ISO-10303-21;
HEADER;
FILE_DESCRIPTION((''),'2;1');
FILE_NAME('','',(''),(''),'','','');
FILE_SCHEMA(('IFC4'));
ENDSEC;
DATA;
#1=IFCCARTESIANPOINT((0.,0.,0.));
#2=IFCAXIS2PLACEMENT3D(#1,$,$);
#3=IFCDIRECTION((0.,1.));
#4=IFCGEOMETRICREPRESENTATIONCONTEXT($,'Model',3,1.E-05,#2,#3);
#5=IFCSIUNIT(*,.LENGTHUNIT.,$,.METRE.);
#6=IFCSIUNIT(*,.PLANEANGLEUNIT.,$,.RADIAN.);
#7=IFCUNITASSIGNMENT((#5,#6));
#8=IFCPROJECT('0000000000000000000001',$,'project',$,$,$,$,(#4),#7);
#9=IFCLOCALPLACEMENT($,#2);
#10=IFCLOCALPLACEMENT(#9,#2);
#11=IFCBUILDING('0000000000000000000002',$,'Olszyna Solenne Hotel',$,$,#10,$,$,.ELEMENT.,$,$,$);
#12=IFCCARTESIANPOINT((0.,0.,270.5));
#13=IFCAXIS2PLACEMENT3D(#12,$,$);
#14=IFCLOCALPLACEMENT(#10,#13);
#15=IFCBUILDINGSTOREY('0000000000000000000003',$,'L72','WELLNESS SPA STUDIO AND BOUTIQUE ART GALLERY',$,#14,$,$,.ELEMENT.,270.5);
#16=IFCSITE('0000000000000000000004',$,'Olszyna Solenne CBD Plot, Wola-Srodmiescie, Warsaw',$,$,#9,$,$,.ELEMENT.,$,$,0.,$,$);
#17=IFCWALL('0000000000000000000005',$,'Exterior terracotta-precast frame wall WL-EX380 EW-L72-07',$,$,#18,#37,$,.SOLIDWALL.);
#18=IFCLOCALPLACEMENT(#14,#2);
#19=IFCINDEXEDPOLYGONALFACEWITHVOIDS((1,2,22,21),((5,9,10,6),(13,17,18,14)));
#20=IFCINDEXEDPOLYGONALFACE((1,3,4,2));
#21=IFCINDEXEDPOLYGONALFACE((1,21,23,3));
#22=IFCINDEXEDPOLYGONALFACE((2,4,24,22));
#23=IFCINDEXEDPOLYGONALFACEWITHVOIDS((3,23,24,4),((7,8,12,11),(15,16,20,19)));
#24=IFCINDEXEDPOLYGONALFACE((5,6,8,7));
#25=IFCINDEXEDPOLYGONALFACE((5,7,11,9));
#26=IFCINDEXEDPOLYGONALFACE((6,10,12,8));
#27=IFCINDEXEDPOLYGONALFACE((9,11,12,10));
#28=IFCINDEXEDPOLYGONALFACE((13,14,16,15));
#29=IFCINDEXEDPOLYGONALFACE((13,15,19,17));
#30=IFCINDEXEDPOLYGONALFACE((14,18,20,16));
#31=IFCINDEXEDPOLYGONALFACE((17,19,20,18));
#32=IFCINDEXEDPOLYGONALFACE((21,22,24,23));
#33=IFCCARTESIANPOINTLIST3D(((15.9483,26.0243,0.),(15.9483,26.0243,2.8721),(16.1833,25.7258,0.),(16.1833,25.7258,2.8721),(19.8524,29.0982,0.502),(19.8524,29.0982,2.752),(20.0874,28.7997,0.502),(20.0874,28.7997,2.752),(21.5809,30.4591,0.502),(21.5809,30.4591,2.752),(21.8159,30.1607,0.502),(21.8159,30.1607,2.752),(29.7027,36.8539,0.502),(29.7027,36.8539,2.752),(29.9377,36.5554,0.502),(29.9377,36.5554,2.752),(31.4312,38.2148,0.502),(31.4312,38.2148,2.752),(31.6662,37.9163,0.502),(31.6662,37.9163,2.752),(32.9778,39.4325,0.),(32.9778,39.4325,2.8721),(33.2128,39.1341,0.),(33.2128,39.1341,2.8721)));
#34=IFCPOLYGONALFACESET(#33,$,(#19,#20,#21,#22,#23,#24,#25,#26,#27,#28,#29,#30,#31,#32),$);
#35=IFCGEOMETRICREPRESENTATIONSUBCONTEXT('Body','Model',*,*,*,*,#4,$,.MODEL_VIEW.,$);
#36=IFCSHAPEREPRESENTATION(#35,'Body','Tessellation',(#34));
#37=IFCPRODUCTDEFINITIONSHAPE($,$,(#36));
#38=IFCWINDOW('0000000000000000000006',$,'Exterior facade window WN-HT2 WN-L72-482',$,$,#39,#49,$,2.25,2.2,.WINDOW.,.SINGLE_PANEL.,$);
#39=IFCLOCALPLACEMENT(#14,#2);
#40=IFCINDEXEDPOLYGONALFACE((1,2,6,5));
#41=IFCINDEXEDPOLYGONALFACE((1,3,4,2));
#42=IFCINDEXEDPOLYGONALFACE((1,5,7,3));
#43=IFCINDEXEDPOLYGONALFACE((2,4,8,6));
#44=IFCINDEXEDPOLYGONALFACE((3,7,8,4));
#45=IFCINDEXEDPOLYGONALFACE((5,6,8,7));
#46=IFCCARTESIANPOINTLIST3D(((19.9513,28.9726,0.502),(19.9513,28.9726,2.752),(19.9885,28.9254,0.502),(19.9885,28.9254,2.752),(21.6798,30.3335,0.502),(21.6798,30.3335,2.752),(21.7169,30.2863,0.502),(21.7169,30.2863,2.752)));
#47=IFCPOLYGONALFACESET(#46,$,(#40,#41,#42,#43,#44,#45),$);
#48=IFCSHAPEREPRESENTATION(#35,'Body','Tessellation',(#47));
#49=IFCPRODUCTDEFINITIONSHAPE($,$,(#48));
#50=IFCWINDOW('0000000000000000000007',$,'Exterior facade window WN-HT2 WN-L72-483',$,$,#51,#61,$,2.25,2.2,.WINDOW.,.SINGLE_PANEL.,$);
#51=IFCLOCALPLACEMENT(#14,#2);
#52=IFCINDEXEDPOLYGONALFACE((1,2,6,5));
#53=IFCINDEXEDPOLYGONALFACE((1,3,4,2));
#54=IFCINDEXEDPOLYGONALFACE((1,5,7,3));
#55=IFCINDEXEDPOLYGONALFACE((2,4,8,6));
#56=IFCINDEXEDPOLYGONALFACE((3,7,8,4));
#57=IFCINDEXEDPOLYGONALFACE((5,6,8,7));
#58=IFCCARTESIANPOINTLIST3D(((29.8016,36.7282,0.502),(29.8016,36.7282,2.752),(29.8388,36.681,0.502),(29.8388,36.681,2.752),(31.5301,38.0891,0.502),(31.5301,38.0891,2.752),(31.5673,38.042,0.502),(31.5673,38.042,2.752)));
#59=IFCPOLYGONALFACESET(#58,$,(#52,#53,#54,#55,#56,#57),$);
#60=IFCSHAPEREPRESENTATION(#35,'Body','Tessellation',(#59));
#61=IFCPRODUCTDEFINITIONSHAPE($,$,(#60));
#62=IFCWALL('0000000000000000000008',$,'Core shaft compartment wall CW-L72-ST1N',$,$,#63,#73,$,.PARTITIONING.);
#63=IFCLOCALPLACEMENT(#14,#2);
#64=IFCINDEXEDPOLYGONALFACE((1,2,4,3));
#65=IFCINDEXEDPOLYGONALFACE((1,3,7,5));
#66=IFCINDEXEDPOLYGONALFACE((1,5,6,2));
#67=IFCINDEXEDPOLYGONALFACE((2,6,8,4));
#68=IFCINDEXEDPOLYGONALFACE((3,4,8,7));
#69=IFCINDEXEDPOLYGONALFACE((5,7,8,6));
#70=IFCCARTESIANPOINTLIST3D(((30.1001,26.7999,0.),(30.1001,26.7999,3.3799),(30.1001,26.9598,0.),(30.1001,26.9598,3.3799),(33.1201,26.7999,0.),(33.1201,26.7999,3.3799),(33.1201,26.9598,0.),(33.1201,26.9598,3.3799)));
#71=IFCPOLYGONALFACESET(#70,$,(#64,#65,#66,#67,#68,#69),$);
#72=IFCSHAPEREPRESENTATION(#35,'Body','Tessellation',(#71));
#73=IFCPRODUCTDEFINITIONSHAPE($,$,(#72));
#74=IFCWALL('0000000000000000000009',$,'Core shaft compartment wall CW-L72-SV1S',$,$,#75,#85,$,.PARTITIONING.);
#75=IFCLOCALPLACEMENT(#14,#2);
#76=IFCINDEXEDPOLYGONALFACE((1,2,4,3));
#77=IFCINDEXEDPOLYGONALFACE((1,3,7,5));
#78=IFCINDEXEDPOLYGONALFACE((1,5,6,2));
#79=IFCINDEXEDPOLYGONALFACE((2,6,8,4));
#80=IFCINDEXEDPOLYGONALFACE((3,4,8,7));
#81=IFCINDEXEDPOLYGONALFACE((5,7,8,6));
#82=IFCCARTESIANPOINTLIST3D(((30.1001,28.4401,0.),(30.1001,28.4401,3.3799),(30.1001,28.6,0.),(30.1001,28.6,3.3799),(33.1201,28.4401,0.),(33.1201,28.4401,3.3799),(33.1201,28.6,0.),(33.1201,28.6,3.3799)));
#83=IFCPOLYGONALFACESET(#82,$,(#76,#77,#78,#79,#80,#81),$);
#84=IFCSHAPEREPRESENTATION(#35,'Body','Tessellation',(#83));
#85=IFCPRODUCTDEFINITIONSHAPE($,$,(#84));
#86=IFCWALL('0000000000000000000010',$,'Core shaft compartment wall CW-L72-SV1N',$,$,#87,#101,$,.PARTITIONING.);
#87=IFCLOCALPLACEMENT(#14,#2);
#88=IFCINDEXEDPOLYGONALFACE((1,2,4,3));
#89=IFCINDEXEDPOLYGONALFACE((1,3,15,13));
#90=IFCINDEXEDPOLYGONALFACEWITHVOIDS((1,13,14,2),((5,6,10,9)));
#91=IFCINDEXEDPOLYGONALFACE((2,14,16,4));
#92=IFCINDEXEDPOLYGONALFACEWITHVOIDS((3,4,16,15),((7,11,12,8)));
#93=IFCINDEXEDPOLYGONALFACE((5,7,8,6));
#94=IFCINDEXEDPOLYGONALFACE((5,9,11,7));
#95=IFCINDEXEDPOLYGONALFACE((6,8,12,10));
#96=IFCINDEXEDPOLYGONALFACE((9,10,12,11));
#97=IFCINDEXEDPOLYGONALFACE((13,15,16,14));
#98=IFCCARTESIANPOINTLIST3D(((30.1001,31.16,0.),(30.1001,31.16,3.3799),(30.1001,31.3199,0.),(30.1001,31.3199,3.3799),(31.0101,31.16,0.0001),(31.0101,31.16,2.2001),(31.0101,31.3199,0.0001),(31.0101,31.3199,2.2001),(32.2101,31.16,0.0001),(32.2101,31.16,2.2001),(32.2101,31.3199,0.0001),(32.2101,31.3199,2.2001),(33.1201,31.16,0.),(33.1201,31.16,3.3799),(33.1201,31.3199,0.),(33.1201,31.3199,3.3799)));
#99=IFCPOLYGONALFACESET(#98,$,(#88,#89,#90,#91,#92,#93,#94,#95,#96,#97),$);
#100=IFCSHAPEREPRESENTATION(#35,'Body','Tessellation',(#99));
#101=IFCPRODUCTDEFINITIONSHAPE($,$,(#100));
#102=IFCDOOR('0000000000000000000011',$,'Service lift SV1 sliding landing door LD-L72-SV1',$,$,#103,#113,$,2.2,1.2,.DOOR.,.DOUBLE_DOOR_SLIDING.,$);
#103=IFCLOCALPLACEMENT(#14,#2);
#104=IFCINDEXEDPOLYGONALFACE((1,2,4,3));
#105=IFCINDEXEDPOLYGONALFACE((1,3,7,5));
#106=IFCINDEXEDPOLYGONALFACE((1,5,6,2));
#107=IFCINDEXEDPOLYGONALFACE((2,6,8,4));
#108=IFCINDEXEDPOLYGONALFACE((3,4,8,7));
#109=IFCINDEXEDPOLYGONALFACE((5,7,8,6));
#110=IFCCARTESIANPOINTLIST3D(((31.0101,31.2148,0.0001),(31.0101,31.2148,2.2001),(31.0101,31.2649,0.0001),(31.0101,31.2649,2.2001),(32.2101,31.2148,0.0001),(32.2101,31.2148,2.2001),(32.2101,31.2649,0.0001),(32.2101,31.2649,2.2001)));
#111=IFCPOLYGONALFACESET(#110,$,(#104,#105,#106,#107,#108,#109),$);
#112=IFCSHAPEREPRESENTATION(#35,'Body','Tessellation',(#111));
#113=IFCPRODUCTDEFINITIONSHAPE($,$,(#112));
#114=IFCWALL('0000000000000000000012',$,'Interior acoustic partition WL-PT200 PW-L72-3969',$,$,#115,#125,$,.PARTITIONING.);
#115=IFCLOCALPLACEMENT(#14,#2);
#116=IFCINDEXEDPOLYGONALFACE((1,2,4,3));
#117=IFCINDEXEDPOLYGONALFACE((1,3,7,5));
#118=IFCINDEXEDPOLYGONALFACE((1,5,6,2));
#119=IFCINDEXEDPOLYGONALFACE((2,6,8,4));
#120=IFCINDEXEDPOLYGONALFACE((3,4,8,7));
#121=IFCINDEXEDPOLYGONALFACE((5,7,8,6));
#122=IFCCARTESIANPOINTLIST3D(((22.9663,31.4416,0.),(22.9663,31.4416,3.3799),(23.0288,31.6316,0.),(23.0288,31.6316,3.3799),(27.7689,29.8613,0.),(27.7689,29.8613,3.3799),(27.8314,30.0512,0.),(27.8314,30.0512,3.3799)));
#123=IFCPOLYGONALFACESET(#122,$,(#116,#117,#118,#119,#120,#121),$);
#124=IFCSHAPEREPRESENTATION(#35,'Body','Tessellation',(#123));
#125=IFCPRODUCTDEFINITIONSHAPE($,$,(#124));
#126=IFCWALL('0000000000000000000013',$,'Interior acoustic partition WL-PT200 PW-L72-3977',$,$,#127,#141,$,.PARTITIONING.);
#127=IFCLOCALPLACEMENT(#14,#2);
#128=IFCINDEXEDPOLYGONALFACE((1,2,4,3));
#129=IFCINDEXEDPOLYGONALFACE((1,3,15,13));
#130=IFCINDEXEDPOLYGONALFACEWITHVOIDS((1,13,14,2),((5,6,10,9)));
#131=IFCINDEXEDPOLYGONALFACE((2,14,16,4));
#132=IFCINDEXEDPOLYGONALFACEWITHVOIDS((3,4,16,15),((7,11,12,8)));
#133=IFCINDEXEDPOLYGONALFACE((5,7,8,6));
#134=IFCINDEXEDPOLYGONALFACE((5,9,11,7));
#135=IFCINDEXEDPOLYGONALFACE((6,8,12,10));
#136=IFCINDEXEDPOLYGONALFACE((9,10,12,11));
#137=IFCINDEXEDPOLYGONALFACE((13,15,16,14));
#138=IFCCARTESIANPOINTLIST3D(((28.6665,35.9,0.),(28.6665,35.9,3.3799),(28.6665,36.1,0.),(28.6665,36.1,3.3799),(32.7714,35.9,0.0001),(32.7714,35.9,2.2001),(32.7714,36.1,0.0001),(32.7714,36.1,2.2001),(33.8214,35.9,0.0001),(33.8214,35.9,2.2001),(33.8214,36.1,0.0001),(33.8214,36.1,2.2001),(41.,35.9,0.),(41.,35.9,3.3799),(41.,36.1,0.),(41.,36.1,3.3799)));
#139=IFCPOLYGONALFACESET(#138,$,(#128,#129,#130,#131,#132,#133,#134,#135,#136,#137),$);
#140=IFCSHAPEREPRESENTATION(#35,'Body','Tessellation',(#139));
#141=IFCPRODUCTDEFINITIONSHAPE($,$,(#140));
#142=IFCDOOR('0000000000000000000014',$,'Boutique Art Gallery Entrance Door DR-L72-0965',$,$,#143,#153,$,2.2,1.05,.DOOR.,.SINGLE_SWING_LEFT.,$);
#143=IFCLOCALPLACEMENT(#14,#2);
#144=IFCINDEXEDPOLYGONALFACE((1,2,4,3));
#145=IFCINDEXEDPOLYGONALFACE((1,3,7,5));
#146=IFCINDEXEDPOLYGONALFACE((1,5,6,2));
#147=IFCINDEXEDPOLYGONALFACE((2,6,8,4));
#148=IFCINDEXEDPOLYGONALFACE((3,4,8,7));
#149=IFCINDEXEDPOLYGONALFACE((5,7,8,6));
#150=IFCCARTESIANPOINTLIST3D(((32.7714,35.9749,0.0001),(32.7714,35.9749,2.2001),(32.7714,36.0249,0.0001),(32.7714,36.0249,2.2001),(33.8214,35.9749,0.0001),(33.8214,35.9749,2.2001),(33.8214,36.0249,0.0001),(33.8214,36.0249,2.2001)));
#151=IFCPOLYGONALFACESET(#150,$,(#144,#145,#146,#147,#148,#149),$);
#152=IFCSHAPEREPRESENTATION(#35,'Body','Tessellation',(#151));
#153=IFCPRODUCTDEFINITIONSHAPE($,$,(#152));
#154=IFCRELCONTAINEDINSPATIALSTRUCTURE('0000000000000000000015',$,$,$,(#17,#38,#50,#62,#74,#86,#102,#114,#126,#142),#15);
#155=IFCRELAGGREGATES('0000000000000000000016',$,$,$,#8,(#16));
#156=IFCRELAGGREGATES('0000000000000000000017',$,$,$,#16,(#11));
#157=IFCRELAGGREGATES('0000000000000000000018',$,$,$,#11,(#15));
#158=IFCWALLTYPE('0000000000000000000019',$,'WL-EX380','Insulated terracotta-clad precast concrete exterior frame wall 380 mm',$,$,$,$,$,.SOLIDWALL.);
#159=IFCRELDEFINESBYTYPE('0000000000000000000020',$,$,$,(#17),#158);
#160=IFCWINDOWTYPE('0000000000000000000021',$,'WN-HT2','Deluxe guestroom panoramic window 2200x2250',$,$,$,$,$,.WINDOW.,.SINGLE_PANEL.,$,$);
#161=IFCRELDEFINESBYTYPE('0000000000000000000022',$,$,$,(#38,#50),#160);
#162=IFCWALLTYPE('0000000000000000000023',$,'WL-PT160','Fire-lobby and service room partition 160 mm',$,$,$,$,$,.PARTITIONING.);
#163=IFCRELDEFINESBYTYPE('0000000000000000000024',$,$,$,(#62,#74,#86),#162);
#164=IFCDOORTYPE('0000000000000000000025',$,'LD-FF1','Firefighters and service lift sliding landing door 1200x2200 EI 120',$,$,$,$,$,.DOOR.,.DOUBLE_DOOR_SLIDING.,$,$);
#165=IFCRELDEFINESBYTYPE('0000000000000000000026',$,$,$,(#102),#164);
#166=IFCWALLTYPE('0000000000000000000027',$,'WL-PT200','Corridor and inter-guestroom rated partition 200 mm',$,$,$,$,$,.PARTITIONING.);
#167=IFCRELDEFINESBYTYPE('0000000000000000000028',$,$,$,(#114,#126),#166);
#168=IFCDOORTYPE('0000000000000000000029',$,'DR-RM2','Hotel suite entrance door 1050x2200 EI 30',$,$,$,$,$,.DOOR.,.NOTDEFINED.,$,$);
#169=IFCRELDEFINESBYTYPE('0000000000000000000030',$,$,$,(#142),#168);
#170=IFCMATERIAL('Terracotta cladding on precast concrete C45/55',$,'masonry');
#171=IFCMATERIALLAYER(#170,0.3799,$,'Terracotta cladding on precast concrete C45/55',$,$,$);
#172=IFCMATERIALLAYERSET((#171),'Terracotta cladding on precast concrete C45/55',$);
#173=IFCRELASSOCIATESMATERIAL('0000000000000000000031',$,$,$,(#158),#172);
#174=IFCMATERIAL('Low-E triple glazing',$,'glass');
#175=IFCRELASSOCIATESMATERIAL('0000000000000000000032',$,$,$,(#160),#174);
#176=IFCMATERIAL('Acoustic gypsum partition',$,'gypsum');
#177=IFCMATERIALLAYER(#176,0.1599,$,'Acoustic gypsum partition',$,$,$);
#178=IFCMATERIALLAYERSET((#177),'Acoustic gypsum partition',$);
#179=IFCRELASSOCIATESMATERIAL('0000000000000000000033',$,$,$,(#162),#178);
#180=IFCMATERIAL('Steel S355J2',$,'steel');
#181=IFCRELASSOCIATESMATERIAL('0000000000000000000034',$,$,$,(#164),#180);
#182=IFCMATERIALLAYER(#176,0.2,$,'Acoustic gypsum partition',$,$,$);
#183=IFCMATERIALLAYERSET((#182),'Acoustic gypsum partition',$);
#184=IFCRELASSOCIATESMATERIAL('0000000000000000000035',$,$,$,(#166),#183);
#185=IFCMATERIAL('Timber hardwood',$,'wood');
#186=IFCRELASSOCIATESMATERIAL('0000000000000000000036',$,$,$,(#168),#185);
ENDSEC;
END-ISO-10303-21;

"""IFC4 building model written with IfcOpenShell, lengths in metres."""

from ifc_helpers import new_model, si_unit, direction, frame, frame_2d, origin, place, context, subcontext, project, spatial, rectangle, extrude, source, transform, mapped, material, layer, layer_set, type_object, type_shapes, element, fill, save


model = new_model("IFC4")

# Units and contexts
model_context = context("Model", 3, precision=1e-05, world=origin(), true_north=direction((0.0, 1.0)))
body_context = subcontext(model_context, "Body", "Model", "MODEL_VIEW")
ifc_project = project(units=[si_unit("LENGTHUNIT", "METRE"), si_unit("PLANEANGLEUNIT", "RADIAN")], contexts=[model_context])

# Site, building, storey
site_placement = place(None, origin())
site = spatial("IfcSite", under=ifc_project, at=site_placement, Name="Olszyna Solenne CBD Plot, Wola-Srodmiescie, Warsaw", CompositionType="ELEMENT", RefElevation=0.0)
building_placement = place(site_placement, origin())
building = spatial("IfcBuilding", under=site, at=building_placement, Name="Olszyna Solenne Hotel", CompositionType="ELEMENT")
storey_placement = place(building_placement, frame((0.0, 0.0, 270.5)))
storey = spatial("IfcBuildingStorey", under=building, at=storey_placement, Name="L72", Description="WELLNESS SPA STUDIO AND BOUTIQUE ART GALLERY", CompositionType="ELEMENT", Elevation=270.5)

# Shared definitions
ifc_material_1 = material(Name="Steel S355J2", Category="steel")

# Shared definitions
ifc_material_2 = material(Name="Terracotta cladding on precast concrete C45/55", Category="masonry")
ifc_layer_1 = layer(ifc_material_2, 0.3799, Name="Terracotta cladding on precast concrete C45/55")
ifc_layer_set_1 = layer_set([ifc_layer_1], Name="Terracotta cladding on precast concrete C45/55")
wall_type_1 = type_object("IfcWallType", Name="WL-EX380", Description="Insulated terracotta-clad precast concrete exterior frame wall 380 mm", PredefinedType="SOLIDWALL", material=ifc_layer_set_1)

# Wall, openings, windows
wall_1_placement = place(storey_placement, frame((16.0657, 25.875, 0.0), z_axis=(0.0, 0.0, 1.0), x_axis=(0.785694, 0.618616, 0.0)))
wall_1 = element("IfcWall", 1, at=wall_1_placement, inside=storey, type_object=wall_type_1, Name="Exterior terracotta-precast frame wall WL-EX380 EW-L72-07", PredefinedType="SOLIDWALL", context=body_context, shape_type="SweptSolid", body=[
    extrude(rectangle(XDim=21.6746, YDim=0.3799, at=frame_2d((10.8374, 0.0))), origin(), (0.0, 0.0, 1.0), 2.8721),
])
opening_1_placement = place(wall_1_placement, frame((4.969, 0.0, 0.502)))
opening_1 = element("IfcOpeningElement", 2, at=opening_1_placement, cuts=wall_1, PredefinedType="OPENING", context=body_context, shape_type="SweptSolid", body=[
    extrude(rectangle(XDim=2.2, YDim=2.25, at=frame_2d((1.1001, 1.125))), frame((0.0, 0.2, 0.0), z_axis=(0.0, -1.0, 0.0), x_axis=(1.0, 0.0, 0.0)), (0.0, 0.0, 1.0), 0.3999),
])
opening_2_placement = place(wall_1_placement, frame((17.5061, 0.0, 0.502)))
opening_2 = element("IfcOpeningElement", 3, at=opening_2_placement, cuts=wall_1, PredefinedType="OPENING", context=body_context, shape_type="SweptSolid", body=[
    extrude(rectangle(XDim=2.2, YDim=2.25, at=frame_2d((1.1001, 1.125))), frame((0.0, 0.2, 0.0), z_axis=(0.0, -1.0, 0.0), x_axis=(1.0, 0.0, 0.0)), (0.0, 0.0, 1.0), 0.3999),
])
ifc_material_3 = material(Name="Low-E triple glazing", Category="glass")
window_type = type_object("IfcWindowType", Name="WN-HT2", Description="Deluxe guestroom panoramic window 2200x2250", PartitioningType="SINGLE_PANEL", PredefinedType="WINDOW", material=ifc_material_3)
shared_shape_1 = source(origin(), body_context, "Body", "SweptSolid", [
    extrude(rectangle(XDim=2.2, YDim=2.25, at=frame_2d((1.1001, 1.125))), frame((0.0, 0.03, 0.0), z_axis=(0.0, -1.0, 0.0), x_axis=(1.0, 0.0, 0.0)), (0.0, 0.0, 1.0), 0.0601),
])
type_shapes(window_type, [shared_shape_1])
window_1_placement = place(opening_1_placement, origin())
window_1 = element("IfcWindow", 4, at=window_1_placement, inside=storey, type_object=window_type, Name="Exterior facade window WN-HT2 WN-L72-482", OverallHeight=2.25, OverallWidth=2.2, PartitioningType="SINGLE_PANEL", PredefinedType="WINDOW", context=body_context, shape_type="MappedRepresentation", body=[
    mapped(shared_shape_1, transform((0.0, 0.0, 0.0), x_axis=(1.0, 0.0, 0.0), y_axis=(0.0, 1.0, 0.0), z_axis=(0.0, 0.0, 1.0), scale=1.0)),
])
fill(opening_1, window_1)
window_2_placement = place(opening_2_placement, origin())
window_2 = element("IfcWindow", 5, at=window_2_placement, inside=storey, type_object=window_type, Name="Exterior facade window WN-HT2 WN-L72-483", OverallHeight=2.25, OverallWidth=2.2, PartitioningType="SINGLE_PANEL", PredefinedType="WINDOW", context=body_context, shape_type="MappedRepresentation", body=[
    mapped(shared_shape_1, transform((0.0, 0.0, 0.0), x_axis=(1.0, 0.0, 0.0), y_axis=(0.0, 1.0, 0.0), z_axis=(0.0, 0.0, 1.0), scale=1.0)),
])
fill(opening_2, window_2)

# Walls
ifc_material_4 = material(Name="Acoustic gypsum partition", Category="gypsum")
ifc_layer_2 = layer(ifc_material_4, 0.1599, Name="Acoustic gypsum partition")
ifc_layer_set_2 = layer_set([ifc_layer_2], Name="Acoustic gypsum partition")
wall_type_2 = type_object("IfcWallType", Name="WL-PT160", Description="Fire-lobby and service room partition 160 mm", PredefinedType="PARTITIONING", material=ifc_layer_set_2)
for number, where, z_axis, x_axis, name in (
    (6, (30.1001, 26.8799, 0.0), (0.0, 0.0, 1.0), (1.0, 0.0, 0.0), "Core shaft compartment wall CW-L72-ST1N"),
    (7, (30.1001, 28.52, 0.0), (0.0, 0.0, 1.0), (1.0, 0.0, 0.0), "Core shaft compartment wall CW-L72-SV1S"),
):
    element("IfcWall", number, at=place(storey_placement, frame(where, z_axis=z_axis, x_axis=x_axis)), inside=storey, type_object=wall_type_2, Name=name, PredefinedType="PARTITIONING", context=body_context, shape_type="SweptSolid", body=[
        extrude(rectangle(XDim=3.02, YDim=0.1599, at=frame_2d((1.51, 0.0))), origin(), (0.0, 0.0, 1.0), 3.3799),
    ])

# Wall, opening, door
wall_2_placement = place(storey_placement, frame((30.1001, 31.24, 0.0), z_axis=(0.0, 0.0, 1.0), x_axis=(1.0, 0.0, 0.0)))
wall_2 = element("IfcWall", 8, at=wall_2_placement, inside=storey, type_object=wall_type_2, Name="Core shaft compartment wall CW-L72-SV1N", PredefinedType="PARTITIONING", context=body_context, shape_type="SweptSolid", body=[
    extrude(rectangle(XDim=3.02, YDim=0.1599, at=frame_2d((1.51, 0.0))), origin(), (0.0, 0.0, 1.0), 3.3799),
])
opening_3_placement = place(wall_2_placement, frame((0.9099, 0.0, 0.0)))
opening_3 = element("IfcOpeningElement", 9, at=opening_3_placement, cuts=wall_2, PredefinedType="OPENING", context=body_context, shape_type="SweptSolid", body=[
    extrude(rectangle(XDim=1.2, YDim=2.2, at=frame_2d((0.6001, 1.1001))), frame((0.0, 0.0898, 0.0), z_axis=(0.0, -1.0, 0.0), x_axis=(1.0, 0.0, 0.0)), (0.0, 0.0, 1.0), 0.1799),
])
door_type_1 = type_object("IfcDoorType", Name="LD-FF1", Description="Firefighters and service lift sliding landing door 1200x2200 EI 120", OperationType="DOUBLE_DOOR_SLIDING", PredefinedType="DOOR", material=ifc_material_1)
shared_shape_2 = source(origin(), body_context, "Body", "SweptSolid", [
    extrude(rectangle(XDim=1.2, YDim=2.2, at=frame_2d((0.6001, 1.1001))), frame((0.0, 0.0249, 0.0), z_axis=(0.0, -1.0, 0.0), x_axis=(1.0, 0.0, 0.0)), (0.0, 0.0, 1.0), 0.05),
])
type_shapes(door_type_1, [shared_shape_2])
door_1_placement = place(opening_3_placement, origin())
door_1 = element("IfcDoor", 10, at=door_1_placement, inside=storey, type_object=door_type_1, Name="Service lift SV1 sliding landing door LD-L72-SV1", OperationType="DOUBLE_DOOR_SLIDING", OverallHeight=2.2, OverallWidth=1.2, PredefinedType="DOOR", context=body_context, shape_type="MappedRepresentation", body=[
    mapped(shared_shape_2, transform((0.0, 0.0, 0.0), x_axis=(1.0, 0.0, 0.0), y_axis=(0.0, 1.0, 0.0), z_axis=(0.0, 0.0, 1.0), scale=1.0)),
])
fill(opening_3, door_1)

# Wall
ifc_layer_3 = layer(ifc_material_4, 0.2, Name="Acoustic gypsum partition")
ifc_layer_set_3 = layer_set([ifc_layer_3], Name="Acoustic gypsum partition")
wall_type_3 = type_object("IfcWallType", Name="WL-PT200", Description="Corridor and inter-guestroom rated partition 200 mm", PredefinedType="PARTITIONING", material=ifc_layer_set_3)
wall_3_placement = place(storey_placement, frame((27.8, 29.9563, 0.0), z_axis=(0.0, 0.0, 1.0), x_axis=(-0.949893, 0.312575, 0.0)))
element("IfcWall", 11, at=wall_3_placement, inside=storey, type_object=wall_type_3, Name="Interior acoustic partition WL-PT200 PW-L72-3969", PredefinedType="PARTITIONING", context=body_context, shape_type="SweptSolid", body=[
    extrude(rectangle(XDim=5.0559, YDim=0.2, at=frame_2d((2.5278, 0.0))), origin(), (0.0, 0.0, 1.0), 3.3799),
])

# Wall, opening, door
wall_4_placement = place(storey_placement, frame((28.6665, 36.0, 0.0), z_axis=(0.0, 0.0, 1.0), x_axis=(1.0, 0.0, 0.0)))
wall_4 = element("IfcWall", 12, at=wall_4_placement, inside=storey, type_object=wall_type_3, Name="Interior acoustic partition WL-PT200 PW-L72-3977", PredefinedType="PARTITIONING", context=body_context, shape_type="SweptSolid", body=[
    extrude(rectangle(XDim=12.3335, YDim=0.2, at=frame_2d((6.1667, 0.0))), origin(), (0.0, 0.0, 1.0), 3.3799),
])
opening_4_placement = place(wall_4_placement, frame((4.105, 0.0, 0.0)))
opening_4 = element("IfcOpeningElement", 13, at=opening_4_placement, cuts=wall_4, PredefinedType="OPENING", context=body_context, shape_type="SweptSolid", body=[
    extrude(rectangle(XDim=1.05, YDim=2.2, at=frame_2d((0.5249, 1.1001))), frame((0.0, 0.1099, 0.0), z_axis=(0.0, -1.0, 0.0), x_axis=(1.0, 0.0, 0.0)), (0.0, 0.0, 1.0), 0.22),
])
ifc_material_5 = material(Name="Timber hardwood", Category="wood")
door_type_2 = type_object("IfcDoorType", Name="DR-RM2", Description="Hotel suite entrance door 1050x2200 EI 30", OperationType="NOTDEFINED", PredefinedType="DOOR", material=ifc_material_5)
shared_shape_3 = source(origin(), body_context, "Body", "SweptSolid", [
    extrude(rectangle(XDim=1.05, YDim=2.2, at=frame_2d((0.5249, 1.1001))), frame((0.0, 0.0249, 0.0), z_axis=(0.0, -1.0, 0.0), x_axis=(1.0, 0.0, 0.0)), (0.0, 0.0, 1.0), 0.05),
])
type_shapes(door_type_2, [shared_shape_3])
door_2_placement = place(opening_4_placement, origin())
door_2 = element("IfcDoor", 14, at=door_2_placement, inside=storey, type_object=door_type_2, Name="Boutique Art Gallery Entrance Door DR-L72-0965", OperationType="SINGLE_SWING_LEFT", OverallHeight=2.2, OverallWidth=1.05, PredefinedType="DOOR", context=body_context, shape_type="MappedRepresentation", body=[
    mapped(shared_shape_3, transform((0.0, 0.0, 0.0), x_axis=(1.0, 0.0, 0.0), y_axis=(0.0, 1.0, 0.0), z_axis=(0.0, 0.0, 1.0), scale=1.0)),
])
fill(opening_4, door_2)

save(model, "model.ifc")
